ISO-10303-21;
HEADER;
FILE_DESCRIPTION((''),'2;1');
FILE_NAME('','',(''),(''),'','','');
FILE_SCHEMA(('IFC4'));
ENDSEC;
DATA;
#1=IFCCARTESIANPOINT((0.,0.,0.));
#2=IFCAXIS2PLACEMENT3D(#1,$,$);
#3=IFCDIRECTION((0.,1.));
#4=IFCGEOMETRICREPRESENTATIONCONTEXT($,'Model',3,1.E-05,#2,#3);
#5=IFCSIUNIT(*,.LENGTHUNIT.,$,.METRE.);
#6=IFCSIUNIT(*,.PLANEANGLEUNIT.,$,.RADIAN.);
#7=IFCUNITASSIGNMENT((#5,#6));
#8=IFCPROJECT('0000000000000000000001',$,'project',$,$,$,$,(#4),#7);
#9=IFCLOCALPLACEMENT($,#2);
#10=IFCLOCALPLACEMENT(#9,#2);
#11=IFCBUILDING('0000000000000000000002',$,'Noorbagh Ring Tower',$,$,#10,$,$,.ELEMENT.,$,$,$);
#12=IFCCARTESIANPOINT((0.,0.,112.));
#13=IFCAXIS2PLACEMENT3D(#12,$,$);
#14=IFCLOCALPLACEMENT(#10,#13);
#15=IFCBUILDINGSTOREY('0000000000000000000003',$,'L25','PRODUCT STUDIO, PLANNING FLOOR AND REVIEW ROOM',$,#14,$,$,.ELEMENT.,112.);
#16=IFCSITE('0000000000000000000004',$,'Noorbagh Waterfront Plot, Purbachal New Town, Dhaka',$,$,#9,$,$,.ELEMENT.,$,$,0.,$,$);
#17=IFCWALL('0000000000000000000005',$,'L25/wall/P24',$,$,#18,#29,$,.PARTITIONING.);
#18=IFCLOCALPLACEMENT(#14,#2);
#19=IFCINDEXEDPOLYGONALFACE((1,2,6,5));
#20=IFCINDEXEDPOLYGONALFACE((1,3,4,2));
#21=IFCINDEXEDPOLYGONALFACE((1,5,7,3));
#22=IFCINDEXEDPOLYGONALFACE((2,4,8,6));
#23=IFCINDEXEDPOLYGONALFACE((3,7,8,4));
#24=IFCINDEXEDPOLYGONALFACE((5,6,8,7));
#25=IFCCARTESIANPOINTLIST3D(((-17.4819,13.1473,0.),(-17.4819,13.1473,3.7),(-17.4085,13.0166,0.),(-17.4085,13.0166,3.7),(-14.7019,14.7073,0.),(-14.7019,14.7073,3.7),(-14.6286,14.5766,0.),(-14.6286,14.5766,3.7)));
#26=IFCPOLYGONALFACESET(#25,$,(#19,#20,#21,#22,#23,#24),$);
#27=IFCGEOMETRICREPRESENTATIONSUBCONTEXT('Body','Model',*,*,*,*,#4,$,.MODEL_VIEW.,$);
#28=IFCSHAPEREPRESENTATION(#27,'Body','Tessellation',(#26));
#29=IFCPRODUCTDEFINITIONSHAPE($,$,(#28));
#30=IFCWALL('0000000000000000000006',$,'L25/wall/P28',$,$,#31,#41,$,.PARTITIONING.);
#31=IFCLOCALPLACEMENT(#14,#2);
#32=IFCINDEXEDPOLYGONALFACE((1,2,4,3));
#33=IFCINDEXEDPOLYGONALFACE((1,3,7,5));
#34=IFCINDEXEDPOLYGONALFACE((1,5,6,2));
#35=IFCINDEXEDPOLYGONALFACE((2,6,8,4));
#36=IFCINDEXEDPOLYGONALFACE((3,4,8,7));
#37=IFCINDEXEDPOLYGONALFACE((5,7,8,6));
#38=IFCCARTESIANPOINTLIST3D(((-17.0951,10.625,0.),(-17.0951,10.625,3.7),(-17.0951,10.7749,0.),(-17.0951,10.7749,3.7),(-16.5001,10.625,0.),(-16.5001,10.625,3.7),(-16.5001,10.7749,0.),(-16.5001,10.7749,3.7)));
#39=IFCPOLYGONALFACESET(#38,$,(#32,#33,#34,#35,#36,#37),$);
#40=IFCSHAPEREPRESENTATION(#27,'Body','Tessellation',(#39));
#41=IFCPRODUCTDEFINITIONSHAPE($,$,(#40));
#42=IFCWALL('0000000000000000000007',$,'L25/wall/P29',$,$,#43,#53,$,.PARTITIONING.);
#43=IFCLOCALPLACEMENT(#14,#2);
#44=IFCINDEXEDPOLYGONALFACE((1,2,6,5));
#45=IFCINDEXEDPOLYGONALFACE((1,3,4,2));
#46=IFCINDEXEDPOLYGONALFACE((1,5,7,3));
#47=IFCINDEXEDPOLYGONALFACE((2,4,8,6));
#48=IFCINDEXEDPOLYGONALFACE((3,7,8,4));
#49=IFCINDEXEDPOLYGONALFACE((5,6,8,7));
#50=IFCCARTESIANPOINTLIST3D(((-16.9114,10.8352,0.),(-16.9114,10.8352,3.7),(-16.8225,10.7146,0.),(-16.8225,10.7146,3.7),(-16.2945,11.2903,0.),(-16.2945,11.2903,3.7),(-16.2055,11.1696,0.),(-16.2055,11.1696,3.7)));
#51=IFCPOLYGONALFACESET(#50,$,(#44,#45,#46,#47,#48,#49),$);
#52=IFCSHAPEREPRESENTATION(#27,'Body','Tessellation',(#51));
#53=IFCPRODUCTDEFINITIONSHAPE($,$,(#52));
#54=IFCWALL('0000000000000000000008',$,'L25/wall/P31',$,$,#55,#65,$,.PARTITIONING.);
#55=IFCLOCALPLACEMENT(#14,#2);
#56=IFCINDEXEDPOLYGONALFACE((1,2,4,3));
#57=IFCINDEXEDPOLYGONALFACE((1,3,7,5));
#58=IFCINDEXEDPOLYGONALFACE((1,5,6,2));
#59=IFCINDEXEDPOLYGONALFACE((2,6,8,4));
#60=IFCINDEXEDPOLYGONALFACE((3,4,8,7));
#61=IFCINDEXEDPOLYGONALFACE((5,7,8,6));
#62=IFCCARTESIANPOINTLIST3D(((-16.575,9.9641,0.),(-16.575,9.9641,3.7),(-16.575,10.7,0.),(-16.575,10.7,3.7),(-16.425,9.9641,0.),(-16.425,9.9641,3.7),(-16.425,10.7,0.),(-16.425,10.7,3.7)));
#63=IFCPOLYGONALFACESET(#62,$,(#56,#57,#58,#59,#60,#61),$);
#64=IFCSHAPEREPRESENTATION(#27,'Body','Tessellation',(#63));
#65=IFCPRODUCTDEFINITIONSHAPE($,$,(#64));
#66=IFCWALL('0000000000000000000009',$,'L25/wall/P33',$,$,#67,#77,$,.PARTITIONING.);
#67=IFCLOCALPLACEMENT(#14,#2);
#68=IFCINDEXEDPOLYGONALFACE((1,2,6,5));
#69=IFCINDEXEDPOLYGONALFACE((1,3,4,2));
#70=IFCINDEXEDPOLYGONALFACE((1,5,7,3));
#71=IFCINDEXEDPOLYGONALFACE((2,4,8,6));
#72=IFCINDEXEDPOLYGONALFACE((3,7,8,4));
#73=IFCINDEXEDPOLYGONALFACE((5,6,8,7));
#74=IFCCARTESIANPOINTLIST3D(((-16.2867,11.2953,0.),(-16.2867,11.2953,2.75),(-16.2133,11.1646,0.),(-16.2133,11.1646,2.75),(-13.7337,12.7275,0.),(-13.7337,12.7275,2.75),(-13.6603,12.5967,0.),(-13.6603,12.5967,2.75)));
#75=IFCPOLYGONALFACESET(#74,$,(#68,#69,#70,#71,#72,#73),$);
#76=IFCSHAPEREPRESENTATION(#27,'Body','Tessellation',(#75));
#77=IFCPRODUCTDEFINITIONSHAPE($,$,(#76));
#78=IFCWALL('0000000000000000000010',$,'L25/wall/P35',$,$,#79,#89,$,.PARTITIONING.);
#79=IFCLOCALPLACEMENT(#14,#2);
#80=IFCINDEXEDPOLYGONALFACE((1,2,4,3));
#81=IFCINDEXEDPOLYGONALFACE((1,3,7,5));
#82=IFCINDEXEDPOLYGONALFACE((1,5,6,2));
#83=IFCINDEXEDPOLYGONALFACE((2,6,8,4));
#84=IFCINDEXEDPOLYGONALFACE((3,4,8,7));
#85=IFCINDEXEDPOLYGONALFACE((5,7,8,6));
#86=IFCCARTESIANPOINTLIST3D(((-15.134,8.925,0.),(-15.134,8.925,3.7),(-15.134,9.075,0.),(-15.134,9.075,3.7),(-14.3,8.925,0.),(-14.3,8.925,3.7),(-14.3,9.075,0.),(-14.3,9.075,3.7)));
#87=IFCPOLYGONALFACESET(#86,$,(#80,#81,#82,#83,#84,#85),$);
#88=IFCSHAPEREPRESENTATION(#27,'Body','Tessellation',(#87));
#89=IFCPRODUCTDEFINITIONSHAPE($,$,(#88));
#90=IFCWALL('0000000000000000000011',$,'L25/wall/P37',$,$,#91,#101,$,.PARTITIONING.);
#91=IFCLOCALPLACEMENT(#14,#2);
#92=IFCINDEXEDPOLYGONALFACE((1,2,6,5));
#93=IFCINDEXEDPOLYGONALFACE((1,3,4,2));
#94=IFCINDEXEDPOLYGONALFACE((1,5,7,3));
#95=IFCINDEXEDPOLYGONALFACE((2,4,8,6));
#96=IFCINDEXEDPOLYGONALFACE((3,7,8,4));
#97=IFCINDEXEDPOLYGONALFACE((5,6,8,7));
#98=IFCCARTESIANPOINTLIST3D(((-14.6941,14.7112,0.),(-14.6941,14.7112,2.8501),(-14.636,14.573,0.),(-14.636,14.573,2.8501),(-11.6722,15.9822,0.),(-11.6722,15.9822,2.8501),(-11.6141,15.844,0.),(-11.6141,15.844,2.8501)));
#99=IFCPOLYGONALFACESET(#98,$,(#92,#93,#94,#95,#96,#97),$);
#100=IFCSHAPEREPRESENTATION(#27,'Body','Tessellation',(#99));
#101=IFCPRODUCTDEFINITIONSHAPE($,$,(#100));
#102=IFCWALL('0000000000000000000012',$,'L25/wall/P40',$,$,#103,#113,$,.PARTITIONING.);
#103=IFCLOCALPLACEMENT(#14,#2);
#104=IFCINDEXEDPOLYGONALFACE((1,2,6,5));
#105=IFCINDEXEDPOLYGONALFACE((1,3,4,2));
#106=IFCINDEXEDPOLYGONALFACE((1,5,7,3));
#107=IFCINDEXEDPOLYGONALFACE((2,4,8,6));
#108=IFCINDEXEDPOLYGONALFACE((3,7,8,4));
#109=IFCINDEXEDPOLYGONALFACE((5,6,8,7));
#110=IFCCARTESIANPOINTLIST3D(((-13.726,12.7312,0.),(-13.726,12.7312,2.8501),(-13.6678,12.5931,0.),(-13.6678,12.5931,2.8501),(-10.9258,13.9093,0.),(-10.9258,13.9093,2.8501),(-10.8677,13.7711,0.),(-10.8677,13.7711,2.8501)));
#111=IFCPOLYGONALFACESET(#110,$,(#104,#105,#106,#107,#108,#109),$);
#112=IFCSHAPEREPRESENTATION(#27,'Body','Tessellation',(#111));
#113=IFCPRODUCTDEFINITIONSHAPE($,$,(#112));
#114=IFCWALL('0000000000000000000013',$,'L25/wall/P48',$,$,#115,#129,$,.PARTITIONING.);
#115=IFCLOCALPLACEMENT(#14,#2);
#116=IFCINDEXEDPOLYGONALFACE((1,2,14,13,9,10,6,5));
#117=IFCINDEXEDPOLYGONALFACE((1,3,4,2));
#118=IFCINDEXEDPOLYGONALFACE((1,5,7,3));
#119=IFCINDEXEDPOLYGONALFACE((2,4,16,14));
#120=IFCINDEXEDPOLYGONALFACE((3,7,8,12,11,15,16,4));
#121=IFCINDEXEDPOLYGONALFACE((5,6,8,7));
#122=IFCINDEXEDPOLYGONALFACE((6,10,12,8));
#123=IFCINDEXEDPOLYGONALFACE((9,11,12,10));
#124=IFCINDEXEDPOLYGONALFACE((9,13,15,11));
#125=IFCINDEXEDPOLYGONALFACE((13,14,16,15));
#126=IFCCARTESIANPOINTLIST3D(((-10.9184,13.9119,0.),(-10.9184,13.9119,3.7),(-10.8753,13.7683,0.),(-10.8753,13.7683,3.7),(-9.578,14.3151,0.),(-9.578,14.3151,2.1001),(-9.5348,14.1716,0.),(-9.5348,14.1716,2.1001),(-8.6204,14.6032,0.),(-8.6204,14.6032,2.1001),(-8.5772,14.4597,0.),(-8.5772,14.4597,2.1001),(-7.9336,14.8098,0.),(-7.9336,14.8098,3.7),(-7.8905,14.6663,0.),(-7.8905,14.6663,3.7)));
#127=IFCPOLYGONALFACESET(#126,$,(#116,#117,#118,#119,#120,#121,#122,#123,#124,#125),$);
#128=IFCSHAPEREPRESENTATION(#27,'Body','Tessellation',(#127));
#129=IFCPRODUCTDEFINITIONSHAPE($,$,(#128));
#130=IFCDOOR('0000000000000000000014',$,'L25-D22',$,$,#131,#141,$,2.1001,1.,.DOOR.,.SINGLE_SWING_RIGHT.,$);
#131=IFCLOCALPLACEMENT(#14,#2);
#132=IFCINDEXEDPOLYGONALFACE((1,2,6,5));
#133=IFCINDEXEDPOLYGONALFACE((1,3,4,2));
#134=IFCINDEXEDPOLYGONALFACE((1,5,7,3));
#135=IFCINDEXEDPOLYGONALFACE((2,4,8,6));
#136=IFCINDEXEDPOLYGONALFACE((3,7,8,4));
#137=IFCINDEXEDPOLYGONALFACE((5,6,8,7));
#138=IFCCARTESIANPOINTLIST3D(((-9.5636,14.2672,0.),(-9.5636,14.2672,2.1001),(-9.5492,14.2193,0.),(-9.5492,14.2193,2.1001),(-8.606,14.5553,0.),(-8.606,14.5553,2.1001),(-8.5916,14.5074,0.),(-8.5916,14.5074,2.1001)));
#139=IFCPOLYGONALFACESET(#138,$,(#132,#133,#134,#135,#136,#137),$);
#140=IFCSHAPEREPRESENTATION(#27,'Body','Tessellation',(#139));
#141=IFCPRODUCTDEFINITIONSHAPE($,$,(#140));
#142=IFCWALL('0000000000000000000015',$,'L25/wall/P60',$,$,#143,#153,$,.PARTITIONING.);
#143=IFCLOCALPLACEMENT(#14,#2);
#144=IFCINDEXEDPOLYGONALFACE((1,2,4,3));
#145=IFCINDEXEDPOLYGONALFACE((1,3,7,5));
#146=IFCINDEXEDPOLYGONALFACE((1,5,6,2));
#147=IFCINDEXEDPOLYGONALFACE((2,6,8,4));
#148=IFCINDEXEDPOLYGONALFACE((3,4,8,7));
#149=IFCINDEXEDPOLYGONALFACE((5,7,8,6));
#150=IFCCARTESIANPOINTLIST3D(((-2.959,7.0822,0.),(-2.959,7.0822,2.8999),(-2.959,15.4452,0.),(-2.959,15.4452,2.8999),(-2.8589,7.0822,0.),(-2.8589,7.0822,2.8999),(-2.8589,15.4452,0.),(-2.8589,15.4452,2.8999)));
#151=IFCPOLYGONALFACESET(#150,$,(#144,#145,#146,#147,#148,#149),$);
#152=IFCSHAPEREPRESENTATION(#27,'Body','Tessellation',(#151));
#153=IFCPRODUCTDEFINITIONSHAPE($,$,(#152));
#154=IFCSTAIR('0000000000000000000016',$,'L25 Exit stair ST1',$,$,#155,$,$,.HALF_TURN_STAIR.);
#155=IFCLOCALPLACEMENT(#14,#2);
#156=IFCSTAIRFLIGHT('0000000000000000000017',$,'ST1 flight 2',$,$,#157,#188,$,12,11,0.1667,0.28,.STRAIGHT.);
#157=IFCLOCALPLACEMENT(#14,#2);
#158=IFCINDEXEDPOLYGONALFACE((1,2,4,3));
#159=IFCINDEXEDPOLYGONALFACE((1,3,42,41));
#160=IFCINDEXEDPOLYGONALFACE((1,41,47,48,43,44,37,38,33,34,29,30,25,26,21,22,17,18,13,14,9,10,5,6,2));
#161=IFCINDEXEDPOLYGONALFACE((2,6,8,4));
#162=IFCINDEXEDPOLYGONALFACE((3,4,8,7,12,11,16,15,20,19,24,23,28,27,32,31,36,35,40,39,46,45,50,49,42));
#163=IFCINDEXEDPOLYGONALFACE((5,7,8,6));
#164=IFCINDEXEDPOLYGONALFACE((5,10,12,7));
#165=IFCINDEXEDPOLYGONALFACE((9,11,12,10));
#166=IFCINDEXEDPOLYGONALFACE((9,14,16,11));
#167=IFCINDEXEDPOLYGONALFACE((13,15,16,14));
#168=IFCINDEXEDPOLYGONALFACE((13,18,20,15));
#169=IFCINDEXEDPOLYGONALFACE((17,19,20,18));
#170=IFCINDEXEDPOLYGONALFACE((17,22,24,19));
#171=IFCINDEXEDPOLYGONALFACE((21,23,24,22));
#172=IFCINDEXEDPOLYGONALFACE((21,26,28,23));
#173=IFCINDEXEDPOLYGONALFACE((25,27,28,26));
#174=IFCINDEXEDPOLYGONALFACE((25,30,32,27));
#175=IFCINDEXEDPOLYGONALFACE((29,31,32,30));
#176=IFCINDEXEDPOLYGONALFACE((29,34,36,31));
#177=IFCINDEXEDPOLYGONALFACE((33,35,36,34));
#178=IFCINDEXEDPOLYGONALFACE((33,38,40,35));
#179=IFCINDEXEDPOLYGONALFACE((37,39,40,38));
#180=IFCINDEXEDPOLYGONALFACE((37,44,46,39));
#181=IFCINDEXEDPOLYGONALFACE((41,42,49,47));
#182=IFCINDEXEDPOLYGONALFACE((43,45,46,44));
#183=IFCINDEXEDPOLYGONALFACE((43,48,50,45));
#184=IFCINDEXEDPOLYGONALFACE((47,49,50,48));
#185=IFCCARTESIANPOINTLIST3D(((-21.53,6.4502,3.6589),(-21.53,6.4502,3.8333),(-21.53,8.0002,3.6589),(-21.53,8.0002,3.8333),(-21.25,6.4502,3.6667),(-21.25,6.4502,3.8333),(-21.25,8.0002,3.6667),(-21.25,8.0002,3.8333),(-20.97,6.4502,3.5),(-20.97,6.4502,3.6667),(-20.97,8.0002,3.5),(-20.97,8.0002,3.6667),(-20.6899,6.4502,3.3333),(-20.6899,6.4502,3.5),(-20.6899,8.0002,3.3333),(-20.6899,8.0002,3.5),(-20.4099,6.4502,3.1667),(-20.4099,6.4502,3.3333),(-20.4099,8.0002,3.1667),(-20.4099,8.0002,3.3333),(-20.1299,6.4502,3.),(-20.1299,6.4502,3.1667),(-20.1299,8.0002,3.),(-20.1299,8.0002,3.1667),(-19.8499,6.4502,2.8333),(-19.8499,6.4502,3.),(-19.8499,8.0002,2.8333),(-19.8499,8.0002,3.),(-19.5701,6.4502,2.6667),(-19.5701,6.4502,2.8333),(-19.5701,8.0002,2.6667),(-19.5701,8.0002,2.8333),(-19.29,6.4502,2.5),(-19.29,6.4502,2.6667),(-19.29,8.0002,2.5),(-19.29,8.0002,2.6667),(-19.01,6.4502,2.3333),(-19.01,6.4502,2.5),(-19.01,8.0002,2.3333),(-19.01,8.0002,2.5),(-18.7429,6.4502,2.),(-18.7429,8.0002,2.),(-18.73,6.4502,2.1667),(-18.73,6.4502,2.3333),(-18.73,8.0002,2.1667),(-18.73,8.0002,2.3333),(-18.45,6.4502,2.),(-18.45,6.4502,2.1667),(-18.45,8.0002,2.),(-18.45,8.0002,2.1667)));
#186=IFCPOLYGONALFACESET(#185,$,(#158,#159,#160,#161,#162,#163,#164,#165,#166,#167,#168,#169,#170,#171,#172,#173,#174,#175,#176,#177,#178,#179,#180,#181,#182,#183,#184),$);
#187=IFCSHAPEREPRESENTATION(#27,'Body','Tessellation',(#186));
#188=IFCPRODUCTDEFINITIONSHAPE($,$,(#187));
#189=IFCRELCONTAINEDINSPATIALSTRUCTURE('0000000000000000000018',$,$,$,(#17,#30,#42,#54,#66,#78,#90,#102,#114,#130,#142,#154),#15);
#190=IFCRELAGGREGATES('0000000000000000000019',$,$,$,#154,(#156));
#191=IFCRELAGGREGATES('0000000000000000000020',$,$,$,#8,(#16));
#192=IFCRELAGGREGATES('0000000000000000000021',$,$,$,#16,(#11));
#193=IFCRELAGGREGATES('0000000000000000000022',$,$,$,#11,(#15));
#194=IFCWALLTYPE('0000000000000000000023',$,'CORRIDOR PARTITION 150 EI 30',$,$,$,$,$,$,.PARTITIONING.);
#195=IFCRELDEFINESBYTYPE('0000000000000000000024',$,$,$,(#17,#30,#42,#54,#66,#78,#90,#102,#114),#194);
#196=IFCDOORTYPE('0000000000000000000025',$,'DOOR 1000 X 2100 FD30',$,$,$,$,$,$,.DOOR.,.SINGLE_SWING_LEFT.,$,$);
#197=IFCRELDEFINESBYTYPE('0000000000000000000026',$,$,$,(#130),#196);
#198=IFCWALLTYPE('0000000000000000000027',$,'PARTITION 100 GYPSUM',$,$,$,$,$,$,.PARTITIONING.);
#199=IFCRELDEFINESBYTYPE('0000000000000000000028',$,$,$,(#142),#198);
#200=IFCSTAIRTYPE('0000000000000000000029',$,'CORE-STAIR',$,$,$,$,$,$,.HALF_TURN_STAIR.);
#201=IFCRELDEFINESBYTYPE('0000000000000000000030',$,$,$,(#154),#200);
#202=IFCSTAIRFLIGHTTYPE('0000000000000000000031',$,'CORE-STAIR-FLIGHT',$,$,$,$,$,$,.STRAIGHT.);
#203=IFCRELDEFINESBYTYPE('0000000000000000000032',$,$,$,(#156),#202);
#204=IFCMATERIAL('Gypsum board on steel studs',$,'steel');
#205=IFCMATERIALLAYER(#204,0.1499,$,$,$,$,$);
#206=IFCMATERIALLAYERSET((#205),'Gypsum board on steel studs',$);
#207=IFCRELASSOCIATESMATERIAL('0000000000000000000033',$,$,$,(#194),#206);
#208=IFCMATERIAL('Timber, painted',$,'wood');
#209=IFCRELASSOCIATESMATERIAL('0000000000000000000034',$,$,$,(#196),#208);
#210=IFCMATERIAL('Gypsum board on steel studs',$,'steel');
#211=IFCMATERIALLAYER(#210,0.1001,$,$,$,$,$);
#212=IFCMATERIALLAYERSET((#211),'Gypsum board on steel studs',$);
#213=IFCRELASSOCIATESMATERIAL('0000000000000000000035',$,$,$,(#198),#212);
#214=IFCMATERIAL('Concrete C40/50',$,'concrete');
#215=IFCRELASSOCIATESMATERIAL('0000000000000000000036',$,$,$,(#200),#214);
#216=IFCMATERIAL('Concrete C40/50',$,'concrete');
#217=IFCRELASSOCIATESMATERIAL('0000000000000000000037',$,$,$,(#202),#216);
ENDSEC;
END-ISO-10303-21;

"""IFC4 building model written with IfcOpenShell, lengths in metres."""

from ifc_helpers import new_model, si_unit, direction, frame, frame_2d, origin, place, context, subcontext, project, spatial, polyline, rectangle, outline, extrude, material, layer, layer_set, type_object, element, fill, aggregate, save


model = new_model("IFC4")

# Units and contexts
model_context = context("Model", 3, precision=1e-05, world=origin(), true_north=direction((0.0, 1.0)))
body_context = subcontext(model_context, "Body", "Model", "MODEL_VIEW")
ifc_project = project(units=[si_unit("LENGTHUNIT", "METRE"), si_unit("PLANEANGLEUNIT", "RADIAN")], contexts=[model_context])

# Site, building, storey
site_placement = place(None, origin())
site = spatial("IfcSite", under=ifc_project, at=site_placement, Name="Noorbagh Waterfront Plot, Purbachal New Town, Dhaka", CompositionType="ELEMENT", RefElevation=0.0)
building_placement = place(site_placement, origin())
building = spatial("IfcBuilding", under=site, at=building_placement, Name="Noorbagh Ring Tower", CompositionType="ELEMENT")
storey_placement = place(building_placement, frame((0.0, 0.0, 112.0)))
storey = spatial("IfcBuildingStorey", under=building, at=storey_placement, Name="L25", Description="PRODUCT STUDIO, PLANNING FLOOR AND REVIEW ROOM", CompositionType="ELEMENT", Elevation=112.0)

# Walls
ifc_material_1 = material(Name="Gypsum board on steel studs", Category="steel")
ifc_layer_1 = layer(ifc_material_1, 0.1499)
ifc_layer_set_1 = layer_set([ifc_layer_1], Name="Gypsum board on steel studs")
wall_type_1 = type_object("IfcWallType", Name="CORRIDOR PARTITION 150 EI 30", PredefinedType="PARTITIONING", material=ifc_layer_set_1)
wall_1_placement = place(storey_placement, frame((-17.4451, 13.082, 0.0), z_axis=(0.0, 0.0, 1.0), x_axis=(0.872072, 0.489377, 0.0)))
element("IfcWall", 1, at=wall_1_placement, inside=storey, type_object=wall_type_1, Name="L25/wall/P24", PredefinedType="PARTITIONING", context=body_context, shape_type="SweptSolid", body=[
    extrude(rectangle(XDim=3.1877, YDim=0.1499, at=frame_2d((1.5938, 0.0))), origin(), (0.0, 0.0, 1.0), 3.7),
])
wall_2_placement = place(storey_placement, frame((-17.095, 10.7, 0.0), z_axis=(0.0, 0.0, 1.0), x_axis=(1.0, 0.0, 0.0)))
element("IfcWall", 2, at=wall_2_placement, inside=storey, type_object=wall_type_1, Name="L25/wall/P28", PredefinedType="PARTITIONING", context=body_context, shape_type="SweptSolid", body=[
    extrude(rectangle(XDim=0.595, YDim=0.1499, at=frame_2d((0.2974, 0.0))), origin(), (0.0, 0.0, 1.0), 3.7),
])
wall_3_placement = place(storey_placement, frame((-16.8669, 10.7749, 0.0), z_axis=(0.0, 0.0, 1.0), x_axis=(0.804752, 0.593612, 0.0)))
element("IfcWall", 3, at=wall_3_placement, inside=storey, type_object=wall_type_1, Name="L25/wall/P29", PredefinedType="PARTITIONING", context=body_context, shape_type="SweptSolid", body=[
    extrude(rectangle(XDim=0.7666, YDim=0.1499, at=frame_2d((0.3833, 0.0))), origin(), (0.0, 0.0, 1.0), 3.7),
])
wall_4_placement = place(storey_placement, frame((-16.5, 9.9641, 0.0), z_axis=(0.0, 0.0, 1.0), x_axis=(0.0, 1.0, 0.0)))
element("IfcWall", 4, at=wall_4_placement, inside=storey, type_object=wall_type_1, Name="L25/wall/P31", PredefinedType="PARTITIONING", context=body_context, shape_type="SweptSolid", body=[
    extrude(rectangle(XDim=0.7358, YDim=0.1499, at=frame_2d((0.3679, 0.0))), origin(), (0.0, 0.0, 1.0), 3.7),
])
wall_5_placement = place(storey_placement, frame((-16.25, 11.23, 0.0), z_axis=(0.0, 0.0, 1.0), x_axis=(0.872147, 0.489243, 0.0)))
element("IfcWall", 5, at=wall_5_placement, inside=storey, type_object=wall_type_1, Name="L25/wall/P33", PredefinedType="PARTITIONING", context=body_context, shape_type="SweptSolid", body=[
    extrude(rectangle(XDim=2.9272, YDim=0.1499, at=frame_2d((1.4636, 0.0))), origin(), (0.0, 0.0, 1.0), 2.75),
])
wall_6_placement = place(storey_placement, frame((-15.134, 9.0, 0.0), z_axis=(0.0, 0.0, 1.0), x_axis=(1.0, 0.0, 0.0)))
element("IfcWall", 6, at=wall_6_placement, inside=storey, type_object=wall_type_1, Name="L25/wall/P35", PredefinedType="PARTITIONING", context=body_context, shape_type="SweptSolid", body=[
    extrude(rectangle(XDim=0.834, YDim=0.1499, at=frame_2d((0.417, 0.0))), origin(), (0.0, 0.0, 1.0), 3.7),
])
wall_7_placement = place(storey_placement, frame((-14.665, 14.6421, 0.0), z_axis=(0.0, 0.0, 1.0), x_axis=(0.921789, 0.387691, 0.0)))
element("IfcWall", 7, at=wall_7_placement, inside=storey, type_object=wall_type_1, Name="L25/wall/P37", PredefinedType="PARTITIONING", context=body_context, shape_type="SweptSolid", body=[
    extrude(rectangle(XDim=3.2783, YDim=0.1499, at=frame_2d((1.6392, 0.0))), origin(), (0.0, 0.0, 1.0), 2.8501),
])
wall_8_placement = place(storey_placement, frame((-13.697, 12.6621, 0.0), z_axis=(0.0, 0.0, 1.0), x_axis=(0.921752, 0.38778, 0.0)))
element("IfcWall", 8, at=wall_8_placement, inside=storey, type_object=wall_type_1, Name="L25/wall/P40", PredefinedType="PARTITIONING", context=body_context, shape_type="SweptSolid", body=[
    extrude(rectangle(XDim=3.0378, YDim=0.1499, at=frame_2d((1.519, 0.0))), origin(), (0.0, 0.0, 1.0), 2.8501),
])

# Wall, opening, door
wall_9_placement = place(storey_placement, frame((-10.897, 13.8401, 0.0), z_axis=(0.0, 0.0, 1.0), x_axis=(0.957606, 0.288081, 0.0)))
wall_9 = element("IfcWall", 9, at=wall_9_placement, inside=storey, type_object=wall_type_1, Name="L25/wall/P48", PredefinedType="PARTITIONING", context=body_context, shape_type="SweptSolid", body=[
    extrude(rectangle(XDim=3.1169, YDim=0.1499, at=frame_2d((1.5586, 0.0))), origin(), (0.0, 0.0, 1.0), 3.7),
])
opening_1_placement = place(wall_9_placement, frame((1.3999, 0.0, 0.0)))
opening_1 = element("IfcOpeningElement", 10, at=opening_1_placement, cuts=wall_9, PredefinedType="OPENING", context=body_context, shape_type="SweptSolid", body=[
    extrude(rectangle(XDim=1.0, YDim=2.1001, at=frame_2d((0.5, 1.05))), frame((0.0, 0.085, 0.0), z_axis=(0.0, -1.0, 0.0), x_axis=(1.0, 0.0, 0.0)), (0.0, 0.0, 1.0), 0.1699),
])
ifc_material_2 = material(Name="Timber, painted", Category="wood")
door_type_1 = type_object("IfcDoorType", Name="DOOR 1000 X 2100 FD30", OperationType="SINGLE_SWING_LEFT", PredefinedType="DOOR", material=ifc_material_2)
door_1_placement = place(opening_1_placement, origin())
door_1 = element("IfcDoor", 11, at=door_1_placement, inside=storey, type_object=door_type_1, Name="L25-D22", OperationType="SINGLE_SWING_RIGHT", OverallHeight=2.1001, OverallWidth=1.0, PredefinedType="DOOR", context=body_context, shape_type="SweptSolid", body=[
    extrude(rectangle(XDim=1.0, YDim=2.1001, at=frame_2d((0.5, 1.05))), frame((0.0, 0.0249, 0.0), z_axis=(0.0, -1.0, 0.0), x_axis=(1.0, 0.0, 0.0)), (0.0, 0.0, 1.0), 0.05),
])
fill(opening_1, door_1)

# Wall
ifc_material_3 = material(Name="Gypsum board on steel studs", Category="steel")
ifc_layer_2 = layer(ifc_material_3, 0.1001)
ifc_layer_set_2 = layer_set([ifc_layer_2], Name="Gypsum board on steel studs")
wall_type_2 = type_object("IfcWallType", Name="PARTITION 100 GYPSUM", PredefinedType="PARTITIONING", material=ifc_layer_set_2)
wall_10_placement = place(storey_placement, frame((-2.9089, 7.082, 0.0), z_axis=(0.0, 0.0, 1.0), x_axis=(0.0, 1.0, 0.0)))
element("IfcWall", 12, at=wall_10_placement, inside=storey, type_object=wall_type_2, Name="L25/wall/P60", PredefinedType="PARTITIONING", context=body_context, shape_type="SweptSolid", body=[
    extrude(rectangle(XDim=8.363, YDim=0.1001, at=frame_2d((4.1816, 0.0))), origin(), (0.0, 0.0, 1.0), 2.8999),
])

# Stair, stair flight
ifc_material_4 = material(Name="Concrete C40/50", Category="concrete")
stair_type = type_object("IfcStairType", Name="CORE-STAIR", PredefinedType="HALF_TURN_STAIR", material=ifc_material_4)
stair_placement = place(storey_placement, origin())
stair = element("IfcStair", 13, at=stair_placement, inside=storey, type_object=stair_type, Name="L25 Exit stair ST1", PredefinedType="HALF_TURN_STAIR")
ifc_material_5 = material(Name="Concrete C40/50", Category="concrete")
stair_flight_type = type_object("IfcStairFlightType", Name="CORE-STAIR-FLIGHT", PredefinedType="STRAIGHT", material=ifc_material_5)
stair_flight_placement = place(storey_placement, frame((-18.45, 7.2251, 2.0), z_axis=(0.0, 0.0, 1.0), x_axis=(-1.0, 0.0, 0.0)))
stair_flight = element("IfcStairFlight", 14, at=stair_flight_placement, type_object=stair_flight_type, Name="ST1 flight 2", NumberOfRisers=12, NumberOfTreads=11, PredefinedType="STRAIGHT", RiserHeight=0.1667, TreadLength=0.28, context=body_context, shape_type="SweptSolid", body=[
    extrude(outline(polyline([(0.0, 0.0), (0.0, 0.1667), (0.28, 0.1667), (0.28, 0.3333), (0.5601, 0.3333), (0.5601, 0.5), (0.8401, 0.5), (0.8401, 0.6667), (1.1201, 0.6667), (1.1201, 0.8333), (1.3999, 0.8333), (1.3999, 1.0), (1.6799, 1.0), (1.6799, 1.1667), (1.96, 1.1667), (1.96, 1.3333), (2.24, 1.3333), (2.24, 1.5), (2.52, 1.5), (2.52, 1.6667), (2.8, 1.6667), (2.8, 1.8333), (3.0801, 1.8333), (3.0801, 2.0), (3.0801, 1.6589), (0.293, 0.0), (0.0, 0.0)])), frame((0.0, 0.7749, 0.0), z_axis=(0.0, -1.0, 0.0), x_axis=(1.0, 0.0, 0.0)), (0.0, 0.0, 1.0), 1.55),
])
aggregate(stair, [stair_flight])

save(model, "model.ifc")
